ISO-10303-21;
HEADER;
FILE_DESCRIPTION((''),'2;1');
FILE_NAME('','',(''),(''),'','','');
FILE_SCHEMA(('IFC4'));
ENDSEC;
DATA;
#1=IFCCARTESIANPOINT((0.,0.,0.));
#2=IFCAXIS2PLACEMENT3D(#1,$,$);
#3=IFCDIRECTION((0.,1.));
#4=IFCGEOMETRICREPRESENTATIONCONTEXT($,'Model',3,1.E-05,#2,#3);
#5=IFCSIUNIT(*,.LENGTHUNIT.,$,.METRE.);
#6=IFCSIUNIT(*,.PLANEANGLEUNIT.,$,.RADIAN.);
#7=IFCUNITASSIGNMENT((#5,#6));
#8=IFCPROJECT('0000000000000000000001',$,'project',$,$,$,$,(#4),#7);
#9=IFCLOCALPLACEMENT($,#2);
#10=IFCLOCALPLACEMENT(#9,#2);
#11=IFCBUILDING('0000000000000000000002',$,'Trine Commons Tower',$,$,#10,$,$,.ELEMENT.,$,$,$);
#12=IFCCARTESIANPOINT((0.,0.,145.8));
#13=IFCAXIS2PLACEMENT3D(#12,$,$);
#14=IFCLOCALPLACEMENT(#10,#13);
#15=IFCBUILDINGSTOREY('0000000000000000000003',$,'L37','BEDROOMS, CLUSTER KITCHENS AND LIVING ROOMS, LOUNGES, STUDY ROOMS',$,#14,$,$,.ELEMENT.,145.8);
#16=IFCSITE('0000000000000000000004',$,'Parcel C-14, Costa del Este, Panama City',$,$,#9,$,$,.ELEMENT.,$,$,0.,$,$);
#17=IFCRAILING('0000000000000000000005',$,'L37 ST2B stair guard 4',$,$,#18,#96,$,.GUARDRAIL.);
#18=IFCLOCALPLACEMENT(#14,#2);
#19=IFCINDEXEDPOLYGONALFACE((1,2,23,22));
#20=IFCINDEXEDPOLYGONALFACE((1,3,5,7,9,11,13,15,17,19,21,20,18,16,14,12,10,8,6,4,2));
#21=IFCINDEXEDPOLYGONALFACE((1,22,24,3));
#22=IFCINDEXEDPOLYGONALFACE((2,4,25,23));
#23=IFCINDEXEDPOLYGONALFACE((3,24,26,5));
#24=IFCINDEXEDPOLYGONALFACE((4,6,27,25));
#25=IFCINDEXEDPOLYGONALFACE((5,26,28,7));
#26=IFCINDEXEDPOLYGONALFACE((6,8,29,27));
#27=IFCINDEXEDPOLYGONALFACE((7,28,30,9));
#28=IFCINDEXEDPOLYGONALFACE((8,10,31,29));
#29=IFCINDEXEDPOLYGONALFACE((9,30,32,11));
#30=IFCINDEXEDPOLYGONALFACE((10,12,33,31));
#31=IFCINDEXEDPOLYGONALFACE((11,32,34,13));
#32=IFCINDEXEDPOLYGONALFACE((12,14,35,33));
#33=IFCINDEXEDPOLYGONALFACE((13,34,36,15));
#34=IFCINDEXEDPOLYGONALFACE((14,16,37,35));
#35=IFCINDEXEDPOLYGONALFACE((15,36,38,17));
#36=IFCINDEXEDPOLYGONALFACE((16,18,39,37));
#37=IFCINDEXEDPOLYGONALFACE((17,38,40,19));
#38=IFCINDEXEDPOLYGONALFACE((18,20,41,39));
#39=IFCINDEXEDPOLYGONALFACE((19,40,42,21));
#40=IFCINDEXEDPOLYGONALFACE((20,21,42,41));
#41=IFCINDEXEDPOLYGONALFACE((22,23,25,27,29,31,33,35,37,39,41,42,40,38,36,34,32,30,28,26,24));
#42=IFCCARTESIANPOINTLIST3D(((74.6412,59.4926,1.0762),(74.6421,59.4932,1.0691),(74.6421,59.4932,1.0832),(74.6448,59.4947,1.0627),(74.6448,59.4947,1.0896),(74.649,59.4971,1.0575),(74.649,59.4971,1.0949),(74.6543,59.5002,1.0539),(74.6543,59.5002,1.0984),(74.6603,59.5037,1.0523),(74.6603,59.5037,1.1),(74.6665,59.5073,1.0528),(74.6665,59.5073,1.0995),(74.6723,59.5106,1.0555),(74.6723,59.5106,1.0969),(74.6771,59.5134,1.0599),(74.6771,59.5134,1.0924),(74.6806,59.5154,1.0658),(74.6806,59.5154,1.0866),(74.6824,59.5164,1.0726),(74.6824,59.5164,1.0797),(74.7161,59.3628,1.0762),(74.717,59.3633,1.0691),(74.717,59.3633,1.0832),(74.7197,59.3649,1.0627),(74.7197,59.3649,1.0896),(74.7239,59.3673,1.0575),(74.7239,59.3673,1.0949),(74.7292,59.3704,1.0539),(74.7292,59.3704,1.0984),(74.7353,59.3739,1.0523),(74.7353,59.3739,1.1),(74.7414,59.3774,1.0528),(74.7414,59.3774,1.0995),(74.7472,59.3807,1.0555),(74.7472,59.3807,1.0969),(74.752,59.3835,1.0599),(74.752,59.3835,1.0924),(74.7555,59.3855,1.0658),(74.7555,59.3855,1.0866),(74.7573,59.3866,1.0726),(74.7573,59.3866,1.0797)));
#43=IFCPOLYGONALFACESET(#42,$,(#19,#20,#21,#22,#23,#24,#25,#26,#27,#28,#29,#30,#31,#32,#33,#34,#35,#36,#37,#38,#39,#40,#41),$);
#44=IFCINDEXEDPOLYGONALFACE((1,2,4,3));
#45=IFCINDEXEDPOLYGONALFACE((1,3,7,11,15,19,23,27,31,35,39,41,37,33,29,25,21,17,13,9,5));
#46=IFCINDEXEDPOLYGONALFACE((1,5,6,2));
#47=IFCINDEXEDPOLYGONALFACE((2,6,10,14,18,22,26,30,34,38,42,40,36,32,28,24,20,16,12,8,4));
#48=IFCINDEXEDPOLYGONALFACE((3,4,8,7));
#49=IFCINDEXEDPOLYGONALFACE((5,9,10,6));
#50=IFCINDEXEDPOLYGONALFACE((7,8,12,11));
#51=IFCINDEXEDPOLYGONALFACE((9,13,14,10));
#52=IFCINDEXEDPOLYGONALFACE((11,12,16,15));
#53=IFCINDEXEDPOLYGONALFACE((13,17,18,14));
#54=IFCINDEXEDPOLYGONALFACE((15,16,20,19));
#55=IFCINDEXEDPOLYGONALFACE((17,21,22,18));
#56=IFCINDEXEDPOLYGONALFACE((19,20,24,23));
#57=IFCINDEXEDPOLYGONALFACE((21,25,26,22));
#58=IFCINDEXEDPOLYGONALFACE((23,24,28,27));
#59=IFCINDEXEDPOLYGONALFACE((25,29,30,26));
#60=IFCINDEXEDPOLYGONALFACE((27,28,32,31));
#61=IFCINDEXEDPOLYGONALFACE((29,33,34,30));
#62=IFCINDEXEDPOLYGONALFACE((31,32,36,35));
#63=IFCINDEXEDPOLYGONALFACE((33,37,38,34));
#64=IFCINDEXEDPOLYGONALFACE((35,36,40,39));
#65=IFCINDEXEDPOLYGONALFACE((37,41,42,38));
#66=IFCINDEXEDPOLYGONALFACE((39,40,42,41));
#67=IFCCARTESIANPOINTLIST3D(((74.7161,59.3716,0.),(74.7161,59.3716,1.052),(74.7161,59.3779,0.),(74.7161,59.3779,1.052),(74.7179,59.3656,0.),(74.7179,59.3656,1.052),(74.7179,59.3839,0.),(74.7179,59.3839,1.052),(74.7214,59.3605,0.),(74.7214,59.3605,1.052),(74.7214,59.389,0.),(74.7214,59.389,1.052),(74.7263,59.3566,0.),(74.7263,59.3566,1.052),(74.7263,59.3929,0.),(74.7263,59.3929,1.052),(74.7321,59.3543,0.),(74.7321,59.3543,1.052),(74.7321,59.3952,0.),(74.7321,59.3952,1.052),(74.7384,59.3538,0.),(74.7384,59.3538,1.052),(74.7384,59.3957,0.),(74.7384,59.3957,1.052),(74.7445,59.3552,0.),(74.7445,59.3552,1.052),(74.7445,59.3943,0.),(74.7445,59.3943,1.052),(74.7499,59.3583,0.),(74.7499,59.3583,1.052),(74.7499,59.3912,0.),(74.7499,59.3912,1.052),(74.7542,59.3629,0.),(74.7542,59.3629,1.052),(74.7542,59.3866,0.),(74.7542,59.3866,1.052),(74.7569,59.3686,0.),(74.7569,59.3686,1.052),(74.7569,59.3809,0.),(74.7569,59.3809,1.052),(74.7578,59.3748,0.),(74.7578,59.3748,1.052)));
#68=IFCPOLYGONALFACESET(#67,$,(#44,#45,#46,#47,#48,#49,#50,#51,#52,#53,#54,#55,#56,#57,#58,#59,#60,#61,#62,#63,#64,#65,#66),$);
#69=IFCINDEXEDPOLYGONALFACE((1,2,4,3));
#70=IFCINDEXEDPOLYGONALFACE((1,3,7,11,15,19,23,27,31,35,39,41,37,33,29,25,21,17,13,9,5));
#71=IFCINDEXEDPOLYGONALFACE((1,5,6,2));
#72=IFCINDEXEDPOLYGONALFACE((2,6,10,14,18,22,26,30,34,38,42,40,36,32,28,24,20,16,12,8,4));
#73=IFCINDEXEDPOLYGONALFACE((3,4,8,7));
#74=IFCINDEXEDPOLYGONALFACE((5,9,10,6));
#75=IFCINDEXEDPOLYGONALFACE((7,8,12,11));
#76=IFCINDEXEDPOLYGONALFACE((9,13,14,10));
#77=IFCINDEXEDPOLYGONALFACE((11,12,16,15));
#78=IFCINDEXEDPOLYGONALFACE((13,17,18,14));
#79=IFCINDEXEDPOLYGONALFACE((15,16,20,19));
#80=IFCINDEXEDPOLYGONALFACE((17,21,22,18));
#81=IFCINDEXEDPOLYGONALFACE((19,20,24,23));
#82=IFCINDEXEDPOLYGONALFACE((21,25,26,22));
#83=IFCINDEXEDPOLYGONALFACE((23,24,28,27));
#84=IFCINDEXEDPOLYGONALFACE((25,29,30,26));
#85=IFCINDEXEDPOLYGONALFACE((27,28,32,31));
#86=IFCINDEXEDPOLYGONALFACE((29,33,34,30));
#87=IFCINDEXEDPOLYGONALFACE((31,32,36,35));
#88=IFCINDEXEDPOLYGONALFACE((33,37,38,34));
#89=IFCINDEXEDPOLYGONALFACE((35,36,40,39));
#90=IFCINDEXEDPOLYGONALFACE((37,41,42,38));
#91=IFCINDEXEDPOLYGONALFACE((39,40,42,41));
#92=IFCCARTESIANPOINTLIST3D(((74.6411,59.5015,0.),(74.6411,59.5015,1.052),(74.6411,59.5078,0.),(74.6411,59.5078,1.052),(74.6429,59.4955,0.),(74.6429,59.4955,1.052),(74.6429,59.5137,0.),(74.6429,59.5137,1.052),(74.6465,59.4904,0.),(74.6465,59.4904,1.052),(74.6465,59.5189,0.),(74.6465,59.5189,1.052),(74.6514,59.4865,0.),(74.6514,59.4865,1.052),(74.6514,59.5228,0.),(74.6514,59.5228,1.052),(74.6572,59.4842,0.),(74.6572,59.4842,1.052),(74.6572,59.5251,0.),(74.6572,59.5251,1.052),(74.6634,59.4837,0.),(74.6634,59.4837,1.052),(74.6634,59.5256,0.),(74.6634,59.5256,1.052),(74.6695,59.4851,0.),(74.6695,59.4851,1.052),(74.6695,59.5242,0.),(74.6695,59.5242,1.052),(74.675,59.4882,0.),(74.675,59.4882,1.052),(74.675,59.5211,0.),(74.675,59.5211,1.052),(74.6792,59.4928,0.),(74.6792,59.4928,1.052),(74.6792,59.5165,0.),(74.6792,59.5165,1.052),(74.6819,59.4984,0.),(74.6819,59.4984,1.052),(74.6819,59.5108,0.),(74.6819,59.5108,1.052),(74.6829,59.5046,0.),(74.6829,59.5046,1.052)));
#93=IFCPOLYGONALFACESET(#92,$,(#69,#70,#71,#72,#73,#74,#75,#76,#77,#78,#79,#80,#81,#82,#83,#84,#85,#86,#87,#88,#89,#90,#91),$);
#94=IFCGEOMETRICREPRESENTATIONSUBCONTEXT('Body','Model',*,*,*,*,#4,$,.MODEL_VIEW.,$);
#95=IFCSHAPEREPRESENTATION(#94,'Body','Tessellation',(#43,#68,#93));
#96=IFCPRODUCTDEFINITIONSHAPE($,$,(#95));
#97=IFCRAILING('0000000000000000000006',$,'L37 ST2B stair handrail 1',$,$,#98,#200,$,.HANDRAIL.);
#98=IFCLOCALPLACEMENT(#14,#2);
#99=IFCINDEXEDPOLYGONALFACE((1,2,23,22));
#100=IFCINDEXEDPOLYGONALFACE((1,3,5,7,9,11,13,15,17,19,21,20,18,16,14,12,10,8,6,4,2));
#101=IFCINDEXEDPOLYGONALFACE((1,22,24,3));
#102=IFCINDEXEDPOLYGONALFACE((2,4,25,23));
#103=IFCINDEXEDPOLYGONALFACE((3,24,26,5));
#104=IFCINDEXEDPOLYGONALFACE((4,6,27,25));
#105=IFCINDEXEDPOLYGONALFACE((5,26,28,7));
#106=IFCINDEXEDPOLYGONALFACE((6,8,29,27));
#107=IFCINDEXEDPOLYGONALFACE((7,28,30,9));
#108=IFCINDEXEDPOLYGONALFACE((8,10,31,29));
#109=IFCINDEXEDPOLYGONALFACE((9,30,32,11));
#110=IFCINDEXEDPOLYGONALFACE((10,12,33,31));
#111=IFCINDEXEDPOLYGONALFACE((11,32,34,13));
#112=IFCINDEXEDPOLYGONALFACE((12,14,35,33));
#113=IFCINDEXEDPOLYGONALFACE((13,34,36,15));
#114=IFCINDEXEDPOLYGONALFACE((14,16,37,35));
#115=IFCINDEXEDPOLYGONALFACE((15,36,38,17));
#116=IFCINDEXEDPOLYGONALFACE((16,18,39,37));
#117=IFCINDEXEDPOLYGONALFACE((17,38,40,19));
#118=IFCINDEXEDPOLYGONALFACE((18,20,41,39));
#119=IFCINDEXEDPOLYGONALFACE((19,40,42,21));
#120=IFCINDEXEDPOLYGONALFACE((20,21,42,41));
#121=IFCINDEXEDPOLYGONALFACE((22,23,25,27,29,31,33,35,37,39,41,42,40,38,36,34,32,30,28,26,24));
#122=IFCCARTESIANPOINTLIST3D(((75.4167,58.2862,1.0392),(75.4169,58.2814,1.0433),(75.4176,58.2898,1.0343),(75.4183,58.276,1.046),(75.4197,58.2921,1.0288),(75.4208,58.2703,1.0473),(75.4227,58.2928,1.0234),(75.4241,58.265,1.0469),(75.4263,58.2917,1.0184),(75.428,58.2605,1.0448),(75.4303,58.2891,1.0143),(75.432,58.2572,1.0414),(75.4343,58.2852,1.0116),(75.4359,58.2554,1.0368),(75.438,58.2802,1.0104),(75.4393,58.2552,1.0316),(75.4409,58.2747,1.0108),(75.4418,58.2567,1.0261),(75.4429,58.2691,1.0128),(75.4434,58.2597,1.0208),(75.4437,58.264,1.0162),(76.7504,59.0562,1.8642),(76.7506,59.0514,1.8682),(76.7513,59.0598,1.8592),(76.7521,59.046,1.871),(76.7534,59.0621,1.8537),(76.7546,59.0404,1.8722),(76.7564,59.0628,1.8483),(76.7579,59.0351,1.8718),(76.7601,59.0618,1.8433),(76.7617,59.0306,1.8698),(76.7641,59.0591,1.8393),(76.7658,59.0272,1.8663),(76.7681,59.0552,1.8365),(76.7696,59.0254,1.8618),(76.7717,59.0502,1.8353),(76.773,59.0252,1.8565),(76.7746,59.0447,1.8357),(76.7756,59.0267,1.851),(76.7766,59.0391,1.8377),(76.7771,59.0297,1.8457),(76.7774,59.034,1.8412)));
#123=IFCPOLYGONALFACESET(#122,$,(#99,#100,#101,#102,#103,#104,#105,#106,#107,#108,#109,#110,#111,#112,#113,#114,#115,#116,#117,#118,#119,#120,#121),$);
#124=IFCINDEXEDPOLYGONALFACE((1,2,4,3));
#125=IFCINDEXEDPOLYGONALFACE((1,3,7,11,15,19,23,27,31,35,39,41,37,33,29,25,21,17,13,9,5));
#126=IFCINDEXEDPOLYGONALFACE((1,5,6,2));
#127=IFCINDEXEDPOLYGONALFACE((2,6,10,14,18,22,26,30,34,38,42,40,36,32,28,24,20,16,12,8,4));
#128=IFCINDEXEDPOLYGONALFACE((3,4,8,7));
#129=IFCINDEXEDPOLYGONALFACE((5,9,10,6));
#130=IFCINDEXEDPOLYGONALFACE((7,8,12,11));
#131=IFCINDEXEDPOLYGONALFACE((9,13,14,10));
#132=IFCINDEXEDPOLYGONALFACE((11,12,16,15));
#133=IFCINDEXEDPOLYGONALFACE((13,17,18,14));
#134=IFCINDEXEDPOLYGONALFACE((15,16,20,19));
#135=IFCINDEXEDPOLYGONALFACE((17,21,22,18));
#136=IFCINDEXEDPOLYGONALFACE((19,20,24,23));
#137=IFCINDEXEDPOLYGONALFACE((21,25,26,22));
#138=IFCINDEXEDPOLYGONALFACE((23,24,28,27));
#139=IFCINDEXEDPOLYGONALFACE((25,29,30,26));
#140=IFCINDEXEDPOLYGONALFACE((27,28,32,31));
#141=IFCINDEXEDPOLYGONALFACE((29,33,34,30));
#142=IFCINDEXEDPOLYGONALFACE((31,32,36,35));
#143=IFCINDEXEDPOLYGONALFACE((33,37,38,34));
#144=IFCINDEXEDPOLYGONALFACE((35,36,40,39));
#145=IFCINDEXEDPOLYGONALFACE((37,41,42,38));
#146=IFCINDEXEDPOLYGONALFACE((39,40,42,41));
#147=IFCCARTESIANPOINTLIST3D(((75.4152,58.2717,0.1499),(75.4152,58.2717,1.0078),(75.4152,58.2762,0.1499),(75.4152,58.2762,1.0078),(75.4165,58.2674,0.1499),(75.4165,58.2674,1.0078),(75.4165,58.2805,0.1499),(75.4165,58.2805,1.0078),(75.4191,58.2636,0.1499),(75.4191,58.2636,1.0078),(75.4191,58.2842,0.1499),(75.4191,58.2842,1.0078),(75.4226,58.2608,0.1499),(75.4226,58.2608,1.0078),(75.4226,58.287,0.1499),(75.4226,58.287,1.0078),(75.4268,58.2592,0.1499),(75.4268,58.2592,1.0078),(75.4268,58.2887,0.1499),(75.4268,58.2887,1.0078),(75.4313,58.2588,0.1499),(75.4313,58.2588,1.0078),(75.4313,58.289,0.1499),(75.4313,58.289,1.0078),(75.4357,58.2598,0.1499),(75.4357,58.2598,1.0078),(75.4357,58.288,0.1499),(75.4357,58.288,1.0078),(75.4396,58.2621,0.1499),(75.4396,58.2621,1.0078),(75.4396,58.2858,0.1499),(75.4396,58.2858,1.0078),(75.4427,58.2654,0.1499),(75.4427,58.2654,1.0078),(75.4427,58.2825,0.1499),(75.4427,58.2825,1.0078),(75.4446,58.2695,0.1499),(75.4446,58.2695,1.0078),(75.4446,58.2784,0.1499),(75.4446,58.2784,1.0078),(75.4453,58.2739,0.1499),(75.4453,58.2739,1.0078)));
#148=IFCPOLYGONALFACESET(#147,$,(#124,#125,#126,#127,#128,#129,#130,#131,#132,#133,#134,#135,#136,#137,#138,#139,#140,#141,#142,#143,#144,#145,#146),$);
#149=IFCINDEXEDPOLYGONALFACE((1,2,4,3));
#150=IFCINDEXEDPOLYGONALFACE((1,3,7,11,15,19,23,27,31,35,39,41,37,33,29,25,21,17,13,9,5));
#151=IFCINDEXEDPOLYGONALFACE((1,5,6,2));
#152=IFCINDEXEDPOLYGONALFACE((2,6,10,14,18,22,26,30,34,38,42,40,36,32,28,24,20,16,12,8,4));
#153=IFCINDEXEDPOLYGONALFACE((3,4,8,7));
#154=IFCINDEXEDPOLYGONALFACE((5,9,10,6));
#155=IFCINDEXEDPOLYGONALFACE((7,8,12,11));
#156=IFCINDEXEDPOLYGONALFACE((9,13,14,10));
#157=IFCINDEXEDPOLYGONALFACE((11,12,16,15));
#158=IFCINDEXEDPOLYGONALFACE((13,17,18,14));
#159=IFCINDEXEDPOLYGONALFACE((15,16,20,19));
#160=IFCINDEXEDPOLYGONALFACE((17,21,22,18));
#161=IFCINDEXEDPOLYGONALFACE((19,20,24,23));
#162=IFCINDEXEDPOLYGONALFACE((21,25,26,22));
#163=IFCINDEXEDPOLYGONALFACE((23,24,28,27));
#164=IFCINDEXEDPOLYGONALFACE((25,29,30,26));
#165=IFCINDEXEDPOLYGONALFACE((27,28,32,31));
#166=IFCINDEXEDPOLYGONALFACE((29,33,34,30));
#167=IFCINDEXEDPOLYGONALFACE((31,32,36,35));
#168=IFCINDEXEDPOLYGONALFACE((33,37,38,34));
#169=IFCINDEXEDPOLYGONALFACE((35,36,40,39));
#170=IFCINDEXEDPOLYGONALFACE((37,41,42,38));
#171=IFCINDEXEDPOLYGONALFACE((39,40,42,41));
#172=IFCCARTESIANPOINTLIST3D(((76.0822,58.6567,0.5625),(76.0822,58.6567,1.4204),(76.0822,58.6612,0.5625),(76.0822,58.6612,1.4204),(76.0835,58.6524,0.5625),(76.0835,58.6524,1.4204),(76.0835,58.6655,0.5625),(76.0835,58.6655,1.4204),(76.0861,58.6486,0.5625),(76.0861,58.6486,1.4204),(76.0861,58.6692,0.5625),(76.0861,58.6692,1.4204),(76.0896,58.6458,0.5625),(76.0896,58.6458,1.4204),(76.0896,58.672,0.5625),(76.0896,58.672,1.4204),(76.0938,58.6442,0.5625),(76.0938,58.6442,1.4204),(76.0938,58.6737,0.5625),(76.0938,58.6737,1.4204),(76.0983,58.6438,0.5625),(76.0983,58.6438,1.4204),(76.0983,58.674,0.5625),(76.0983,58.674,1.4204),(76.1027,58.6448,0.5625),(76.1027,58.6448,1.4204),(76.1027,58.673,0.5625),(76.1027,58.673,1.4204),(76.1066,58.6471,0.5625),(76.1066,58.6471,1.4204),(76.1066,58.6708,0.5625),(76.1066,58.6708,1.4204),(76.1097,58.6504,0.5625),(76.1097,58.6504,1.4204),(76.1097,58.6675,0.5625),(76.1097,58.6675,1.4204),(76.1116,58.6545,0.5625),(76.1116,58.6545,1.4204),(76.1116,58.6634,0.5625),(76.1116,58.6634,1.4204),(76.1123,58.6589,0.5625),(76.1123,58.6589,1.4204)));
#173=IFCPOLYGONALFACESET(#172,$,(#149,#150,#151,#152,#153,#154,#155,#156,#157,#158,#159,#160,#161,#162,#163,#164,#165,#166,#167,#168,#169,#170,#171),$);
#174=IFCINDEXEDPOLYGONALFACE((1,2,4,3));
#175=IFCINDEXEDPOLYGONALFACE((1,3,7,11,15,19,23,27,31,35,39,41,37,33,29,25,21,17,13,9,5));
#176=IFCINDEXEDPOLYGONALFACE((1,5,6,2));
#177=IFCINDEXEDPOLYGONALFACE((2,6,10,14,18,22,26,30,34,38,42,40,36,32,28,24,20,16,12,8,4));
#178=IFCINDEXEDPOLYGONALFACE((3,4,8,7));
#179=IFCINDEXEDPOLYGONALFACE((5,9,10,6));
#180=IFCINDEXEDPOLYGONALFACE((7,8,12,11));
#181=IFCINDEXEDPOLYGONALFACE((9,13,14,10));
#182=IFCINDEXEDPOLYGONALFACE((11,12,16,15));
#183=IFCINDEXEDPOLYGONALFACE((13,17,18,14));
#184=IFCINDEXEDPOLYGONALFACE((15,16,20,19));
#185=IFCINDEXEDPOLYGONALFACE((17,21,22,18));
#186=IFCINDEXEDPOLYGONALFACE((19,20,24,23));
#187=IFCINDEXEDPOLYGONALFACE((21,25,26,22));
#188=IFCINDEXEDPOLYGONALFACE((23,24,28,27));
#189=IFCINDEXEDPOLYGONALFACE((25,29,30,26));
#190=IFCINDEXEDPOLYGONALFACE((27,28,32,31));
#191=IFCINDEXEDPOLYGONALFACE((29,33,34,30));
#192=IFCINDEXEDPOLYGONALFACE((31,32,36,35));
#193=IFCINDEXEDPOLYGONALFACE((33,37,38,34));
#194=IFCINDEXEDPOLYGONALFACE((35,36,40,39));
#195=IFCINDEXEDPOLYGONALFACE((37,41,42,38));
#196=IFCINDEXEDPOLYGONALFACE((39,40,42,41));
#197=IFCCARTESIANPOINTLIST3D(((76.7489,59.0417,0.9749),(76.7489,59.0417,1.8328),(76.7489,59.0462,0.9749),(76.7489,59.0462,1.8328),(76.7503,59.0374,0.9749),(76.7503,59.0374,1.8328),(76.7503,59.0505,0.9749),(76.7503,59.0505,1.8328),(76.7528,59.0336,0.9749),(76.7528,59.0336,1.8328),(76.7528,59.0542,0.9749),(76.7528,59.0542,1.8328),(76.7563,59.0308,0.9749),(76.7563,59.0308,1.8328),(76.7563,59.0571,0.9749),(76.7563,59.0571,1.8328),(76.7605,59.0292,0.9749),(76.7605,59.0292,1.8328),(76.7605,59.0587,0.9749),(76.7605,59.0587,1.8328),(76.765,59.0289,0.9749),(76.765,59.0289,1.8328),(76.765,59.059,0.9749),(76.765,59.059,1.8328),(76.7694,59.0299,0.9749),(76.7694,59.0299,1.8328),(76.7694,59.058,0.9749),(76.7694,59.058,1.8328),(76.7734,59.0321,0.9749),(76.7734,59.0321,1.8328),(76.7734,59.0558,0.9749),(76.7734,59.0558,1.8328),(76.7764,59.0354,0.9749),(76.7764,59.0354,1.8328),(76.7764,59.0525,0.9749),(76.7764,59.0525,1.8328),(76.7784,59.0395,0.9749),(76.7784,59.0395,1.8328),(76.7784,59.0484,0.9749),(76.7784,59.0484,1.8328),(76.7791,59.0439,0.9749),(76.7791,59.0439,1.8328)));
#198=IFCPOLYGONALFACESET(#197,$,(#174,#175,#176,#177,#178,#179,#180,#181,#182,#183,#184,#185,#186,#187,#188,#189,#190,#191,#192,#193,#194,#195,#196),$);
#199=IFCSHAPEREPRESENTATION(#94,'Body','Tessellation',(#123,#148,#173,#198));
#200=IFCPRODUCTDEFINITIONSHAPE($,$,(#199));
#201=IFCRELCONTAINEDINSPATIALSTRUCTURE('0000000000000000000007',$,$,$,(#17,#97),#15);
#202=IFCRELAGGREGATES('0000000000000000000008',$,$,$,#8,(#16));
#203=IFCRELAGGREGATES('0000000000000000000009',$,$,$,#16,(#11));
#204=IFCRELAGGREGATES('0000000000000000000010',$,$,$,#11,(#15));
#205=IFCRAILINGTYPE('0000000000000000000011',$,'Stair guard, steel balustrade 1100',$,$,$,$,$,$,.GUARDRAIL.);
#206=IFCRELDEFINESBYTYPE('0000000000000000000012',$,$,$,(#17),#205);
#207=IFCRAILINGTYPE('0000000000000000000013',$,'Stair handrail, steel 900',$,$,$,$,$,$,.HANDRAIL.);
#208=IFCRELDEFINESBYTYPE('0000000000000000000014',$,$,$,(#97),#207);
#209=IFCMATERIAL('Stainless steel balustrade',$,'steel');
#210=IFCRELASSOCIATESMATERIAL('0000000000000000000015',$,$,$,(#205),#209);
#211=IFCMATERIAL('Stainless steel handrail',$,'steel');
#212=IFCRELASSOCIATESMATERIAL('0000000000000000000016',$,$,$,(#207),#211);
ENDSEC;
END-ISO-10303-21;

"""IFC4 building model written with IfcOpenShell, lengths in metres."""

from ifc_helpers import new_model, si_unit, direction, frame, origin, origin_2d, place, context, subcontext, project, spatial, circle, extrude, material, type_object, element, save


model = new_model("IFC4")

# Units and contexts
model_context = context("Model", 3, precision=1e-05, world=origin(), true_north=direction((0.0, 1.0)))
body_context = subcontext(model_context, "Body", "Model", "MODEL_VIEW")
ifc_project = project(units=[si_unit("LENGTHUNIT", "METRE"), si_unit("PLANEANGLEUNIT", "RADIAN")], contexts=[model_context])

# Site, building, storey
site_placement = place(None, origin())
site = spatial("IfcSite", under=ifc_project, at=site_placement, Name="Parcel C-14, Costa del Este, Panama City", CompositionType="ELEMENT", RefElevation=0.0)
building_placement = place(site_placement, origin())
building = spatial("IfcBuilding", under=site, at=building_placement, Name="Trine Commons Tower", CompositionType="ELEMENT")
storey_placement = place(building_placement, frame((0.0, 0.0, 145.8)))
storey = spatial("IfcBuildingStorey", under=building, at=storey_placement, Name="L37", Description="BEDROOMS, CLUSTER KITCHENS AND LIVING ROOMS, LOUNGES, STUDY ROOMS", CompositionType="ELEMENT", Elevation=145.8)

# Railings
ifc_material_1 = material(Name="Stainless steel balustrade", Category="steel")
railing_type_1 = type_object("IfcRailingType", Name="Stair guard, steel balustrade 1100", PredefinedType="GUARDRAIL", material=ifc_material_1)
railing_1_placement = place(storey_placement, frame((74.7368, 59.3748, 0.0)))
element("IfcRailing", 1, at=railing_1_placement, inside=storey, type_object=railing_type_1, Name="L37 ST2B stair guard 4", PredefinedType="GUARDRAIL", context=body_context, shape_type="SweptSolid", body=[
    extrude(circle(Radius=0.0239, at=origin_2d()), frame((0.0, 0.0, 1.0762), z_axis=(-0.499816, 0.866131, 0.0), x_axis=(-0.866131, -0.499816, 0.0)), (0.0, 0.0, 1.0), 0.1499),
    extrude(circle(Radius=0.021, at=origin_2d()), origin(), (0.0, 0.0, 1.0), 1.052),
    extrude(circle(Radius=0.021, at=origin_2d()), frame((-0.075, 0.1299, 0.0)), (0.0, 0.0, 1.0), 1.052),
])
ifc_material_2 = material(Name="Stainless steel handrail", Category="steel")
railing_type_2 = type_object("IfcRailingType", Name="Stair handrail, steel 900", PredefinedType="HANDRAIL", material=ifc_material_2)
railing_2_placement = place(storey_placement, frame((75.4302, 58.2739, 0.1499)))
element("IfcRailing", 2, at=railing_2_placement, inside=storey, type_object=railing_type_2, Name="L37 ST2B stair handrail 1", PredefinedType="HANDRAIL", context=body_context, shape_type="SweptSolid", body=[
    extrude(circle(Radius=0.021, at=origin_2d()), frame((0.0, 0.0, 0.8789), z_axis=(0.763405, 0.440743, 0.472185), x_axis=(-0.499992, 0.86603, 0.0)), (0.0, 0.0, 1.0), 1.7471),
    extrude(circle(Radius=0.0151, at=origin_2d()), origin(), (0.0, 0.0, 1.0), 0.8579),
    extrude(circle(Radius=0.0151, at=origin_2d()), frame((0.667, 0.385, 0.4126)), (0.0, 0.0, 1.0), 0.8579),
    extrude(circle(Radius=0.0151, at=origin_2d()), frame((1.3337, 0.77, 0.825)), (0.0, 0.0, 1.0), 0.8579),
])

save(model, "model.ifc")
